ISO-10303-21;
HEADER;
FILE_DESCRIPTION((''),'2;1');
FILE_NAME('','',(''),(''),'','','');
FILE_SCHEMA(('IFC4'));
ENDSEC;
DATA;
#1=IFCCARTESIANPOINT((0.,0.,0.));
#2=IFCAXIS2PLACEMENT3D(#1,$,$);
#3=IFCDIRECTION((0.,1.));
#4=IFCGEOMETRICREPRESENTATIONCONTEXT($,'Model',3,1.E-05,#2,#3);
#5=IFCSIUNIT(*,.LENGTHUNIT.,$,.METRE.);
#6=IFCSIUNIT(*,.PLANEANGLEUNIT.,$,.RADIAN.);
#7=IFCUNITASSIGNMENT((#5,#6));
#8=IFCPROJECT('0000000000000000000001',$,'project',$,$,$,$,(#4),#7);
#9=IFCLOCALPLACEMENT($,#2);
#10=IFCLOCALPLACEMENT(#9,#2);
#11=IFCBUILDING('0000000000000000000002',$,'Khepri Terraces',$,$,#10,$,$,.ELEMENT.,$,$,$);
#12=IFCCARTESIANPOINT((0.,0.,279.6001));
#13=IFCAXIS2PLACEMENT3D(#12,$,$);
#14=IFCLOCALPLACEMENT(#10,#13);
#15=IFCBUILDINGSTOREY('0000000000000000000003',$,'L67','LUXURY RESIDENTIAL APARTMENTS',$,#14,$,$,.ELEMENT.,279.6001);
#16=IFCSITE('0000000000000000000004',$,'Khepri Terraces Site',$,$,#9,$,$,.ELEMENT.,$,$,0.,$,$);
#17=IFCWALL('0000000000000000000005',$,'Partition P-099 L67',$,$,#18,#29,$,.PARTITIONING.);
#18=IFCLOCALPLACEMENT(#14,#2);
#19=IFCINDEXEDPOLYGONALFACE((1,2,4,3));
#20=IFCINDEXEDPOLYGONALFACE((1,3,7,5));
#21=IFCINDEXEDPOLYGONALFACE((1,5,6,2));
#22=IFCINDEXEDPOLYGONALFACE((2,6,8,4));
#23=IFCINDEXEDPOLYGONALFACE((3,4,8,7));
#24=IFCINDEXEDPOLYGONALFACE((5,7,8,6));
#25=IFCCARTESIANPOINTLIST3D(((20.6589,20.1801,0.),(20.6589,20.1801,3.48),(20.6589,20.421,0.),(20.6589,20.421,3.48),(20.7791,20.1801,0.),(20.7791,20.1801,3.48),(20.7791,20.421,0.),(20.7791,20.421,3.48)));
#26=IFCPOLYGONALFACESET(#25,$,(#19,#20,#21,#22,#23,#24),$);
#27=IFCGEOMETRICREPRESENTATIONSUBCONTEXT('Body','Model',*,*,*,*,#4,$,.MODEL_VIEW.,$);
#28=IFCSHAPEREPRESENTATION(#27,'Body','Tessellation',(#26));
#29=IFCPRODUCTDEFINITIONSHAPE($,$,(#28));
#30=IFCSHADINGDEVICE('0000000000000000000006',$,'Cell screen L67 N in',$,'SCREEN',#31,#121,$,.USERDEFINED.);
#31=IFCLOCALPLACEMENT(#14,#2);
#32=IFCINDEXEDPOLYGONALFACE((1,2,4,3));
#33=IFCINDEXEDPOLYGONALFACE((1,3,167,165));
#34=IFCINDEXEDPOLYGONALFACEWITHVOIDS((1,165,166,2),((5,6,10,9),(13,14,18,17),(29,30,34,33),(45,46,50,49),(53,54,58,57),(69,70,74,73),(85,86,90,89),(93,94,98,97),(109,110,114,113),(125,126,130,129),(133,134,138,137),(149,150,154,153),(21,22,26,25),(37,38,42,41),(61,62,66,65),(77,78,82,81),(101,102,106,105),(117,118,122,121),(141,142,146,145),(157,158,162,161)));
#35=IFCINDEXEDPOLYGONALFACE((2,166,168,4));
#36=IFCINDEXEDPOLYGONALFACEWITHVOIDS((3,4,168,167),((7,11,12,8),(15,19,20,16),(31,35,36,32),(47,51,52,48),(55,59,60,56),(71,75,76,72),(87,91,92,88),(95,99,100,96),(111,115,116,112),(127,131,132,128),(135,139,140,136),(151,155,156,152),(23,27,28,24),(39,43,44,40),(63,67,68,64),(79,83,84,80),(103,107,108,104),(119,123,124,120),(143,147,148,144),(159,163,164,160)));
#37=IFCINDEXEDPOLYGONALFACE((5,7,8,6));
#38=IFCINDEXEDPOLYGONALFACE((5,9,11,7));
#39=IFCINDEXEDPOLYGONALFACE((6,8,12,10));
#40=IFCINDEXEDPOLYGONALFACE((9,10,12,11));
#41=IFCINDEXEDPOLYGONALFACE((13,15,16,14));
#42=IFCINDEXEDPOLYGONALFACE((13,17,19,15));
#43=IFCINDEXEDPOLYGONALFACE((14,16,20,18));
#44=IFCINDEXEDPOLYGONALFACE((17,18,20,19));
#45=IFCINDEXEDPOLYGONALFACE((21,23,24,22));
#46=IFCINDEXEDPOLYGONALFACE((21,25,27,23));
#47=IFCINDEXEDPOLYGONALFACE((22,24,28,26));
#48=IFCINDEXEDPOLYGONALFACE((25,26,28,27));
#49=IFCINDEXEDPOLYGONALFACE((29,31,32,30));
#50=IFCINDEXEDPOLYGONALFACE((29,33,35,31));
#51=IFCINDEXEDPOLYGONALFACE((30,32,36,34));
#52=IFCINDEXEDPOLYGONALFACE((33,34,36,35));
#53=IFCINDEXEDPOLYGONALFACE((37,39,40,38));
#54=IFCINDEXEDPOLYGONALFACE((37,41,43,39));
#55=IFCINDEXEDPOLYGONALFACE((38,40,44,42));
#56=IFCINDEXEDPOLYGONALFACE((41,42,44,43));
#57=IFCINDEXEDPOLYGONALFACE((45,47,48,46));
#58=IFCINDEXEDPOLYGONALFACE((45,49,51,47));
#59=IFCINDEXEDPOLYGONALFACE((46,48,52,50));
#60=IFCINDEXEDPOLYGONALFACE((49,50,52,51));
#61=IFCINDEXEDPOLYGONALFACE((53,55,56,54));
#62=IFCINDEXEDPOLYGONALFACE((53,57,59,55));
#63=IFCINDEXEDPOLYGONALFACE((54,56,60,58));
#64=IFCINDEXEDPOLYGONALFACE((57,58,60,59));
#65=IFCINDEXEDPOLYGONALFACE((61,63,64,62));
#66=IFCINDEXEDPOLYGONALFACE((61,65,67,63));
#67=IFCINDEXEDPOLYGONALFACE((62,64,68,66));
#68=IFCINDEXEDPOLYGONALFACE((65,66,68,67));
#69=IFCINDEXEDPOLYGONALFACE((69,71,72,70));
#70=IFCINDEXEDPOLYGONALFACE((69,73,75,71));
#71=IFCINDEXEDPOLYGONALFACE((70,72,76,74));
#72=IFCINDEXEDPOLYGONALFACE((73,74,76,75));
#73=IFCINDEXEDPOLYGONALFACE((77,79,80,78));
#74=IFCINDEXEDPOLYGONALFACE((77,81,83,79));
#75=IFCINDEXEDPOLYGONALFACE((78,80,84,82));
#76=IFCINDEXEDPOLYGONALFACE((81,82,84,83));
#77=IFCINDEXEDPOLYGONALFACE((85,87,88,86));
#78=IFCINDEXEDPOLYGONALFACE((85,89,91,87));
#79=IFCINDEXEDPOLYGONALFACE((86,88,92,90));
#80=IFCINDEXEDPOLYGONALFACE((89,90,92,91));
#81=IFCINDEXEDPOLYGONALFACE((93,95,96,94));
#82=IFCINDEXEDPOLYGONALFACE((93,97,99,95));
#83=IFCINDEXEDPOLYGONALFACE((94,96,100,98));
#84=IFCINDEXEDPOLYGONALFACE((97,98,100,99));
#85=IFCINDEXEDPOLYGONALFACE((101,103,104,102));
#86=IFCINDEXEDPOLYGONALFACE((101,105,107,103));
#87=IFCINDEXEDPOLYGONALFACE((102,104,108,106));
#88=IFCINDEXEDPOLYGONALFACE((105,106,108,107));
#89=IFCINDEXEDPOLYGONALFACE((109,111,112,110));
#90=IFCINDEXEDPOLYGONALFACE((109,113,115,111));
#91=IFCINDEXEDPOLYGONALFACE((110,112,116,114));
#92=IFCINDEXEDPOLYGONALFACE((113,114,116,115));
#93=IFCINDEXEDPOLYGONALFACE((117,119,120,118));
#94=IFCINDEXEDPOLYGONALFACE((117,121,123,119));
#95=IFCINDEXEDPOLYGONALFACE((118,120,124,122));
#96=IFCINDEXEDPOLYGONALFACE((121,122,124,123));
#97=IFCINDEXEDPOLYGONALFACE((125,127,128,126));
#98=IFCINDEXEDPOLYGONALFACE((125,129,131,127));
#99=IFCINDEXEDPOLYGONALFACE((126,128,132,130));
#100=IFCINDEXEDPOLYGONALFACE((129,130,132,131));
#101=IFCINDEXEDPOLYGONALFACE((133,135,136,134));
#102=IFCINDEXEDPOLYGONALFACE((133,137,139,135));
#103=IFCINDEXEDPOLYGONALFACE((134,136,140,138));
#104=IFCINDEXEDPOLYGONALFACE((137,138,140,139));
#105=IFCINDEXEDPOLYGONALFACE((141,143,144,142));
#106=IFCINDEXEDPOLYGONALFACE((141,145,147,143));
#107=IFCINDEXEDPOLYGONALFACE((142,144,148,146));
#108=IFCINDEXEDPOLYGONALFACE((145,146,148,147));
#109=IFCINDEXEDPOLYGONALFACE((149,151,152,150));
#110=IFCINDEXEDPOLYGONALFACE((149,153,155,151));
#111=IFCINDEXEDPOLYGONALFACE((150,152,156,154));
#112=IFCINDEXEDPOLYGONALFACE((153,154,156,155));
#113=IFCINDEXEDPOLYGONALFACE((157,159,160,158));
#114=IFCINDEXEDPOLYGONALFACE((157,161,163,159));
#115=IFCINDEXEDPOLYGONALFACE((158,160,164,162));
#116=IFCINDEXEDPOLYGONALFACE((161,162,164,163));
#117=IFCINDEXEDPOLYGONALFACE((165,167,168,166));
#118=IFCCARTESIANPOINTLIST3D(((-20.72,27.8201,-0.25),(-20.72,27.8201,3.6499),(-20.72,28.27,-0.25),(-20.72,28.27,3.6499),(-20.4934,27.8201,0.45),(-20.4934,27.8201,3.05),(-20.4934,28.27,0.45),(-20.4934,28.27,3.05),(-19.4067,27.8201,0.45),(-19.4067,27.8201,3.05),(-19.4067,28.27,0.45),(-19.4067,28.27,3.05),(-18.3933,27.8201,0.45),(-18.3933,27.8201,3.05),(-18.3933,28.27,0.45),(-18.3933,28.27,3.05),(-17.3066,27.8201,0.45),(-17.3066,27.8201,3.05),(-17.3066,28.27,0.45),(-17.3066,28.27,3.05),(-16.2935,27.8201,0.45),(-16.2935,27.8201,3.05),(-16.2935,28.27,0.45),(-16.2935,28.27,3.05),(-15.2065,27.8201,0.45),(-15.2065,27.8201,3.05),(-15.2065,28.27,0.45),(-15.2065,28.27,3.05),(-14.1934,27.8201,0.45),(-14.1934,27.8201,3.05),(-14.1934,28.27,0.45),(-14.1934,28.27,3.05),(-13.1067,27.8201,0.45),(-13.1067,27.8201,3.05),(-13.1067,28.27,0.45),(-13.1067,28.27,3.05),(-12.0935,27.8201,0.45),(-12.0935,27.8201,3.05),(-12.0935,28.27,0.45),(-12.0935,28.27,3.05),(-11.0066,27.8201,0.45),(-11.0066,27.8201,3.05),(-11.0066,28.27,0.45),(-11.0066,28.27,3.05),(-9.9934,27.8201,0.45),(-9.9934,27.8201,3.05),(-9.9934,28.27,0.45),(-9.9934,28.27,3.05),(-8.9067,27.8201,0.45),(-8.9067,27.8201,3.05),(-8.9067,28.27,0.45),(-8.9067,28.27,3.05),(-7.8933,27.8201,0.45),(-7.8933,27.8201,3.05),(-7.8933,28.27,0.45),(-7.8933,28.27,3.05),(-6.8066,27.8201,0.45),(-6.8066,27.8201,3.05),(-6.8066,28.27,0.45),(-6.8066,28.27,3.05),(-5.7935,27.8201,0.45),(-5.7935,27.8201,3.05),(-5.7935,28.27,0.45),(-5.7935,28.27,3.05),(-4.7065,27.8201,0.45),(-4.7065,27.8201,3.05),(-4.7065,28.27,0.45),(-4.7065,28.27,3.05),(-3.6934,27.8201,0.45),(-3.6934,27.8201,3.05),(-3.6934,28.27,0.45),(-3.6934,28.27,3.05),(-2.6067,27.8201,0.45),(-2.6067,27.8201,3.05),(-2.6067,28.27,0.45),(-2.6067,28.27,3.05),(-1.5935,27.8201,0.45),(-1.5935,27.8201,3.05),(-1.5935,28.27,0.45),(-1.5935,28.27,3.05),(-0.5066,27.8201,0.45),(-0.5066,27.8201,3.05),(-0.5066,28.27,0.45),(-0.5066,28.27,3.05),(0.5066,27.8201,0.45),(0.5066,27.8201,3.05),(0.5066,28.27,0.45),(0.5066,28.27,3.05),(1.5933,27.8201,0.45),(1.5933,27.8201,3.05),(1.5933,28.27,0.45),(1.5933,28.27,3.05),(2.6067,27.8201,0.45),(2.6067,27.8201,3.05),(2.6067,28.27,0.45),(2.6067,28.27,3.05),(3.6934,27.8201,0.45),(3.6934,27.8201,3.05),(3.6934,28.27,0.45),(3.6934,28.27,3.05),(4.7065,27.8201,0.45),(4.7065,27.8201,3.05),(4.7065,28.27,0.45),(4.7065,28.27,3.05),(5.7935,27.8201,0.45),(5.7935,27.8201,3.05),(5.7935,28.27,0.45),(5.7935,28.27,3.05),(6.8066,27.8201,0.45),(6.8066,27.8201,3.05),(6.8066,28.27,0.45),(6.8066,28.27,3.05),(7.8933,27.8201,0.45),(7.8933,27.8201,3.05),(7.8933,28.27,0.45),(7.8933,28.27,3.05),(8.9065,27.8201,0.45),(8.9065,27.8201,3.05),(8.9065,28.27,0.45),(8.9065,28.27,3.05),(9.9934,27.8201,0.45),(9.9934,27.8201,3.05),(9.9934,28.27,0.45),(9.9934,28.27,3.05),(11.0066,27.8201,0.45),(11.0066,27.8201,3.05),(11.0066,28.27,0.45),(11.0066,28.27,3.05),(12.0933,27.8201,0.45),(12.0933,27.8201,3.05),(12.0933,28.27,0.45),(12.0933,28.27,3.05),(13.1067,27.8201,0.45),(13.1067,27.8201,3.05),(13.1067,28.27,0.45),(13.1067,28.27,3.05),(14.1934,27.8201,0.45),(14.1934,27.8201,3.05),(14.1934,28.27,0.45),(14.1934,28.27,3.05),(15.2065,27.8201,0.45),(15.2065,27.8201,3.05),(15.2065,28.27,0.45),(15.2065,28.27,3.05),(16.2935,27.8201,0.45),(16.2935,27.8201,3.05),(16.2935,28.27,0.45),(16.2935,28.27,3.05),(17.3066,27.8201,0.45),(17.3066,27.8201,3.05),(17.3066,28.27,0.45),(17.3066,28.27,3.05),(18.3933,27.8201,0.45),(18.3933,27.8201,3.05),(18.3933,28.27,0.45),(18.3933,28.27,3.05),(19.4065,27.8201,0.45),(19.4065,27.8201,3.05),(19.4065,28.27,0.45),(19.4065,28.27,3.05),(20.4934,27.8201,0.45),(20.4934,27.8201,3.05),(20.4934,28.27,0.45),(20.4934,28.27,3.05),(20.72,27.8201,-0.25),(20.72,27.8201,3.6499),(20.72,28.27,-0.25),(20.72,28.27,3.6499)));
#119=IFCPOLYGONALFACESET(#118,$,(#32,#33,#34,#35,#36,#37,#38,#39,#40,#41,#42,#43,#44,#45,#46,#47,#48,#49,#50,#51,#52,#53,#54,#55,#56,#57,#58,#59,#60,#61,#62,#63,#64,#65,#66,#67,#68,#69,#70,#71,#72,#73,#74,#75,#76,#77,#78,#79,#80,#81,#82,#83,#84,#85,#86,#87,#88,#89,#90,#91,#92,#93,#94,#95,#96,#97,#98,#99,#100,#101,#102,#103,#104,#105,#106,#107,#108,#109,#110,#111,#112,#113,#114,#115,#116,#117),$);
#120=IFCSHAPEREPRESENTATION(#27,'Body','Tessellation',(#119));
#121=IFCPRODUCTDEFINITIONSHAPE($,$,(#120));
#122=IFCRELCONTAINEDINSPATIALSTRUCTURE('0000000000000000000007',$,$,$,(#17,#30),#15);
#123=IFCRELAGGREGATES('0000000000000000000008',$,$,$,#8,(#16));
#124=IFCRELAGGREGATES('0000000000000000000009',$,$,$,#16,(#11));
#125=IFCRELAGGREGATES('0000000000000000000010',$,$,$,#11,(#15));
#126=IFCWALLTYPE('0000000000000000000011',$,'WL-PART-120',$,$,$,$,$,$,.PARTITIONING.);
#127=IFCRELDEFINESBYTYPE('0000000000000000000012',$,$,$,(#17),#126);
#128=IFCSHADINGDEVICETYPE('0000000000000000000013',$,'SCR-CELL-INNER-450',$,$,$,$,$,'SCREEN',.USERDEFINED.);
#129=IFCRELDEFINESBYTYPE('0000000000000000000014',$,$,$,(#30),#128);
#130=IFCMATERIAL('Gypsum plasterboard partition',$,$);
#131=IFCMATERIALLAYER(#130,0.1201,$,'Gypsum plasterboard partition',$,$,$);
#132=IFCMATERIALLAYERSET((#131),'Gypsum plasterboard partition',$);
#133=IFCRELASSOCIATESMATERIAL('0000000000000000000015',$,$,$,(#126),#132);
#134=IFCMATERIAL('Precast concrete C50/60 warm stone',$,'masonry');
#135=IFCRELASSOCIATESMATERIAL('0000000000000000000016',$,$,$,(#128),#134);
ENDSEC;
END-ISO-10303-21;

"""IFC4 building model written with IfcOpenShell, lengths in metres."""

from ifc_helpers import new_model, si_unit, direction, frame, frame_2d, origin, place, context, subcontext, project, spatial, polyline, rectangle, outline, extrude, material, layer, layer_set, type_object, element, save


model = new_model("IFC4")

# Units and contexts
model_context = context("Model", 3, precision=1e-05, world=origin(), true_north=direction((0.0, 1.0)))
body_context = subcontext(model_context, "Body", "Model", "MODEL_VIEW")
ifc_project = project(units=[si_unit("LENGTHUNIT", "METRE"), si_unit("PLANEANGLEUNIT", "RADIAN")], contexts=[model_context])

# Site, building, storey
site_placement = place(None, origin())
site = spatial("IfcSite", under=ifc_project, at=site_placement, Name="Khepri Terraces Site", CompositionType="ELEMENT", RefElevation=0.0)
building_placement = place(site_placement, origin())
building = spatial("IfcBuilding", under=site, at=building_placement, Name="Khepri Terraces", CompositionType="ELEMENT")
storey_placement = place(building_placement, frame((0.0, 0.0, 279.6001)))
storey = spatial("IfcBuildingStorey", under=building, at=storey_placement, Name="L67", Description="LUXURY RESIDENTIAL APARTMENTS", CompositionType="ELEMENT", Elevation=279.6001)

# Shared definitions
ifc_material_1 = material(Name="Precast concrete C50/60 warm stone", Category="masonry")

# Shared definitions
ifc_material_2 = material(Name="Gypsum plasterboard partition")
ifc_layer_1 = layer(ifc_material_2, 0.1201, Name="Gypsum plasterboard partition")
ifc_layer_set_1 = layer_set([ifc_layer_1], Name="Gypsum plasterboard partition")
wall_type_1 = type_object("IfcWallType", Name="WL-PART-120", PredefinedType="PARTITIONING", material=ifc_layer_set_1)

# Wall
wall_1_placement = place(storey_placement, frame((20.719, 20.1799, 0.0), z_axis=(0.0, 0.0, 1.0), x_axis=(0.0, 1.0, 0.0)))
element("IfcWall", 1, at=wall_1_placement, inside=storey, type_object=wall_type_1, Name="Partition P-099 L67", PredefinedType="PARTITIONING", context=body_context, shape_type="SweptSolid", body=[
    extrude(rectangle(XDim=0.241, YDim=0.1201, at=frame_2d((0.1206, 0.0))), origin(), (0.0, 0.0, 1.0), 3.48),
])

# Shading device
shading_device_type_1 = type_object("IfcShadingDeviceType", Name="SCR-CELL-INNER-450", ElementType="SCREEN", PredefinedType="USERDEFINED", material=ifc_material_1)
shading_device_1_placement = place(storey_placement, frame((20.72, 27.8201, -0.25), z_axis=(0.0, 1.0, 0.0), x_axis=(-1.0, 0.0, 0.0)))
element("IfcShadingDevice", 2, at=shading_device_1_placement, inside=storey, type_object=shading_device_type_1, Name="Cell screen L67 N in", ObjectType="SCREEN", PredefinedType="USERDEFINED", context=body_context, shape_type="SweptSolid", body=[
    extrude(outline(polyline([(0.0, 0.0), (41.4399, 0.0), (41.4399, 3.8999), (0.0, 3.8999), (0.0, 0.0)]), holes=[polyline([(0.2266, 0.7), (1.3135, 0.7), (1.3135, 3.3), (0.2266, 3.3), (0.2266, 0.7)]), polyline([(2.3267, 0.7), (3.4133, 0.7), (3.4133, 3.3), (2.3267, 3.3), (2.3267, 0.7)]), polyline([(4.4265, 0.7), (5.5134, 0.7), (5.5134, 3.3), (4.4265, 3.3), (4.4265, 0.7)]), polyline([(6.5266, 0.7), (7.6133, 0.7), (7.6133, 3.3), (6.5266, 3.3), (6.5266, 0.7)]), polyline([(8.6267, 0.7), (9.7134, 0.7), (9.7134, 3.3), (8.6267, 3.3), (8.6267, 0.7)]), polyline([(10.7266, 0.7), (11.8135, 0.7), (11.8135, 3.3), (10.7266, 3.3), (10.7266, 0.7)]), polyline([(12.8267, 0.7), (13.9133, 0.7), (13.9133, 3.3), (12.8267, 3.3), (12.8267, 0.7)]), polyline([(14.9265, 0.7), (16.0134, 0.7), (16.0134, 3.3), (14.9265, 3.3), (14.9265, 0.7)]), polyline([(17.0266, 0.7), (18.1133, 0.7), (18.1133, 3.3), (17.0266, 3.3), (17.0266, 0.7)]), polyline([(19.1267, 0.7), (20.2134, 0.7), (20.2134, 3.3), (19.1267, 3.3), (19.1267, 0.7)]), polyline([(21.2266, 0.7), (22.3135, 0.7), (22.3135, 3.3), (21.2266, 3.3), (21.2266, 0.7)]), polyline([(23.3267, 0.7), (24.4133, 0.7), (24.4133, 3.3), (23.3267, 3.3), (23.3267, 0.7)]), polyline([(25.4265, 0.7), (26.5134, 0.7), (26.5134, 3.3), (25.4265, 3.3), (25.4265, 0.7)]), polyline([(27.5266, 0.7), (28.6133, 0.7), (28.6133, 3.3), (27.5266, 3.3), (27.5266, 0.7)]), polyline([(29.6267, 0.7), (30.7134, 0.7), (30.7134, 3.3), (29.6267, 3.3), (29.6267, 0.7)]), polyline([(31.7266, 0.7), (32.8135, 0.7), (32.8135, 3.3), (31.7266, 3.3), (31.7266, 0.7)]), polyline([(33.8267, 0.7), (34.9133, 0.7), (34.9133, 3.3), (33.8267, 3.3), (33.8267, 0.7)]), polyline([(35.9265, 0.7), (37.0134, 0.7), (37.0134, 3.3), (35.9265, 3.3), (35.9265, 0.7)]), polyline([(38.0266, 0.7), (39.1133, 0.7), (39.1133, 3.3), (38.0266, 3.3), (38.0266, 0.7)]), polyline([(40.1267, 0.7), (41.2134, 0.7), (41.2134, 3.3), (40.1267, 3.3), (40.1267, 0.7)])]), origin(), (0.0, 0.0, 1.0), 0.45),
])

save(model, "model.ifc")
